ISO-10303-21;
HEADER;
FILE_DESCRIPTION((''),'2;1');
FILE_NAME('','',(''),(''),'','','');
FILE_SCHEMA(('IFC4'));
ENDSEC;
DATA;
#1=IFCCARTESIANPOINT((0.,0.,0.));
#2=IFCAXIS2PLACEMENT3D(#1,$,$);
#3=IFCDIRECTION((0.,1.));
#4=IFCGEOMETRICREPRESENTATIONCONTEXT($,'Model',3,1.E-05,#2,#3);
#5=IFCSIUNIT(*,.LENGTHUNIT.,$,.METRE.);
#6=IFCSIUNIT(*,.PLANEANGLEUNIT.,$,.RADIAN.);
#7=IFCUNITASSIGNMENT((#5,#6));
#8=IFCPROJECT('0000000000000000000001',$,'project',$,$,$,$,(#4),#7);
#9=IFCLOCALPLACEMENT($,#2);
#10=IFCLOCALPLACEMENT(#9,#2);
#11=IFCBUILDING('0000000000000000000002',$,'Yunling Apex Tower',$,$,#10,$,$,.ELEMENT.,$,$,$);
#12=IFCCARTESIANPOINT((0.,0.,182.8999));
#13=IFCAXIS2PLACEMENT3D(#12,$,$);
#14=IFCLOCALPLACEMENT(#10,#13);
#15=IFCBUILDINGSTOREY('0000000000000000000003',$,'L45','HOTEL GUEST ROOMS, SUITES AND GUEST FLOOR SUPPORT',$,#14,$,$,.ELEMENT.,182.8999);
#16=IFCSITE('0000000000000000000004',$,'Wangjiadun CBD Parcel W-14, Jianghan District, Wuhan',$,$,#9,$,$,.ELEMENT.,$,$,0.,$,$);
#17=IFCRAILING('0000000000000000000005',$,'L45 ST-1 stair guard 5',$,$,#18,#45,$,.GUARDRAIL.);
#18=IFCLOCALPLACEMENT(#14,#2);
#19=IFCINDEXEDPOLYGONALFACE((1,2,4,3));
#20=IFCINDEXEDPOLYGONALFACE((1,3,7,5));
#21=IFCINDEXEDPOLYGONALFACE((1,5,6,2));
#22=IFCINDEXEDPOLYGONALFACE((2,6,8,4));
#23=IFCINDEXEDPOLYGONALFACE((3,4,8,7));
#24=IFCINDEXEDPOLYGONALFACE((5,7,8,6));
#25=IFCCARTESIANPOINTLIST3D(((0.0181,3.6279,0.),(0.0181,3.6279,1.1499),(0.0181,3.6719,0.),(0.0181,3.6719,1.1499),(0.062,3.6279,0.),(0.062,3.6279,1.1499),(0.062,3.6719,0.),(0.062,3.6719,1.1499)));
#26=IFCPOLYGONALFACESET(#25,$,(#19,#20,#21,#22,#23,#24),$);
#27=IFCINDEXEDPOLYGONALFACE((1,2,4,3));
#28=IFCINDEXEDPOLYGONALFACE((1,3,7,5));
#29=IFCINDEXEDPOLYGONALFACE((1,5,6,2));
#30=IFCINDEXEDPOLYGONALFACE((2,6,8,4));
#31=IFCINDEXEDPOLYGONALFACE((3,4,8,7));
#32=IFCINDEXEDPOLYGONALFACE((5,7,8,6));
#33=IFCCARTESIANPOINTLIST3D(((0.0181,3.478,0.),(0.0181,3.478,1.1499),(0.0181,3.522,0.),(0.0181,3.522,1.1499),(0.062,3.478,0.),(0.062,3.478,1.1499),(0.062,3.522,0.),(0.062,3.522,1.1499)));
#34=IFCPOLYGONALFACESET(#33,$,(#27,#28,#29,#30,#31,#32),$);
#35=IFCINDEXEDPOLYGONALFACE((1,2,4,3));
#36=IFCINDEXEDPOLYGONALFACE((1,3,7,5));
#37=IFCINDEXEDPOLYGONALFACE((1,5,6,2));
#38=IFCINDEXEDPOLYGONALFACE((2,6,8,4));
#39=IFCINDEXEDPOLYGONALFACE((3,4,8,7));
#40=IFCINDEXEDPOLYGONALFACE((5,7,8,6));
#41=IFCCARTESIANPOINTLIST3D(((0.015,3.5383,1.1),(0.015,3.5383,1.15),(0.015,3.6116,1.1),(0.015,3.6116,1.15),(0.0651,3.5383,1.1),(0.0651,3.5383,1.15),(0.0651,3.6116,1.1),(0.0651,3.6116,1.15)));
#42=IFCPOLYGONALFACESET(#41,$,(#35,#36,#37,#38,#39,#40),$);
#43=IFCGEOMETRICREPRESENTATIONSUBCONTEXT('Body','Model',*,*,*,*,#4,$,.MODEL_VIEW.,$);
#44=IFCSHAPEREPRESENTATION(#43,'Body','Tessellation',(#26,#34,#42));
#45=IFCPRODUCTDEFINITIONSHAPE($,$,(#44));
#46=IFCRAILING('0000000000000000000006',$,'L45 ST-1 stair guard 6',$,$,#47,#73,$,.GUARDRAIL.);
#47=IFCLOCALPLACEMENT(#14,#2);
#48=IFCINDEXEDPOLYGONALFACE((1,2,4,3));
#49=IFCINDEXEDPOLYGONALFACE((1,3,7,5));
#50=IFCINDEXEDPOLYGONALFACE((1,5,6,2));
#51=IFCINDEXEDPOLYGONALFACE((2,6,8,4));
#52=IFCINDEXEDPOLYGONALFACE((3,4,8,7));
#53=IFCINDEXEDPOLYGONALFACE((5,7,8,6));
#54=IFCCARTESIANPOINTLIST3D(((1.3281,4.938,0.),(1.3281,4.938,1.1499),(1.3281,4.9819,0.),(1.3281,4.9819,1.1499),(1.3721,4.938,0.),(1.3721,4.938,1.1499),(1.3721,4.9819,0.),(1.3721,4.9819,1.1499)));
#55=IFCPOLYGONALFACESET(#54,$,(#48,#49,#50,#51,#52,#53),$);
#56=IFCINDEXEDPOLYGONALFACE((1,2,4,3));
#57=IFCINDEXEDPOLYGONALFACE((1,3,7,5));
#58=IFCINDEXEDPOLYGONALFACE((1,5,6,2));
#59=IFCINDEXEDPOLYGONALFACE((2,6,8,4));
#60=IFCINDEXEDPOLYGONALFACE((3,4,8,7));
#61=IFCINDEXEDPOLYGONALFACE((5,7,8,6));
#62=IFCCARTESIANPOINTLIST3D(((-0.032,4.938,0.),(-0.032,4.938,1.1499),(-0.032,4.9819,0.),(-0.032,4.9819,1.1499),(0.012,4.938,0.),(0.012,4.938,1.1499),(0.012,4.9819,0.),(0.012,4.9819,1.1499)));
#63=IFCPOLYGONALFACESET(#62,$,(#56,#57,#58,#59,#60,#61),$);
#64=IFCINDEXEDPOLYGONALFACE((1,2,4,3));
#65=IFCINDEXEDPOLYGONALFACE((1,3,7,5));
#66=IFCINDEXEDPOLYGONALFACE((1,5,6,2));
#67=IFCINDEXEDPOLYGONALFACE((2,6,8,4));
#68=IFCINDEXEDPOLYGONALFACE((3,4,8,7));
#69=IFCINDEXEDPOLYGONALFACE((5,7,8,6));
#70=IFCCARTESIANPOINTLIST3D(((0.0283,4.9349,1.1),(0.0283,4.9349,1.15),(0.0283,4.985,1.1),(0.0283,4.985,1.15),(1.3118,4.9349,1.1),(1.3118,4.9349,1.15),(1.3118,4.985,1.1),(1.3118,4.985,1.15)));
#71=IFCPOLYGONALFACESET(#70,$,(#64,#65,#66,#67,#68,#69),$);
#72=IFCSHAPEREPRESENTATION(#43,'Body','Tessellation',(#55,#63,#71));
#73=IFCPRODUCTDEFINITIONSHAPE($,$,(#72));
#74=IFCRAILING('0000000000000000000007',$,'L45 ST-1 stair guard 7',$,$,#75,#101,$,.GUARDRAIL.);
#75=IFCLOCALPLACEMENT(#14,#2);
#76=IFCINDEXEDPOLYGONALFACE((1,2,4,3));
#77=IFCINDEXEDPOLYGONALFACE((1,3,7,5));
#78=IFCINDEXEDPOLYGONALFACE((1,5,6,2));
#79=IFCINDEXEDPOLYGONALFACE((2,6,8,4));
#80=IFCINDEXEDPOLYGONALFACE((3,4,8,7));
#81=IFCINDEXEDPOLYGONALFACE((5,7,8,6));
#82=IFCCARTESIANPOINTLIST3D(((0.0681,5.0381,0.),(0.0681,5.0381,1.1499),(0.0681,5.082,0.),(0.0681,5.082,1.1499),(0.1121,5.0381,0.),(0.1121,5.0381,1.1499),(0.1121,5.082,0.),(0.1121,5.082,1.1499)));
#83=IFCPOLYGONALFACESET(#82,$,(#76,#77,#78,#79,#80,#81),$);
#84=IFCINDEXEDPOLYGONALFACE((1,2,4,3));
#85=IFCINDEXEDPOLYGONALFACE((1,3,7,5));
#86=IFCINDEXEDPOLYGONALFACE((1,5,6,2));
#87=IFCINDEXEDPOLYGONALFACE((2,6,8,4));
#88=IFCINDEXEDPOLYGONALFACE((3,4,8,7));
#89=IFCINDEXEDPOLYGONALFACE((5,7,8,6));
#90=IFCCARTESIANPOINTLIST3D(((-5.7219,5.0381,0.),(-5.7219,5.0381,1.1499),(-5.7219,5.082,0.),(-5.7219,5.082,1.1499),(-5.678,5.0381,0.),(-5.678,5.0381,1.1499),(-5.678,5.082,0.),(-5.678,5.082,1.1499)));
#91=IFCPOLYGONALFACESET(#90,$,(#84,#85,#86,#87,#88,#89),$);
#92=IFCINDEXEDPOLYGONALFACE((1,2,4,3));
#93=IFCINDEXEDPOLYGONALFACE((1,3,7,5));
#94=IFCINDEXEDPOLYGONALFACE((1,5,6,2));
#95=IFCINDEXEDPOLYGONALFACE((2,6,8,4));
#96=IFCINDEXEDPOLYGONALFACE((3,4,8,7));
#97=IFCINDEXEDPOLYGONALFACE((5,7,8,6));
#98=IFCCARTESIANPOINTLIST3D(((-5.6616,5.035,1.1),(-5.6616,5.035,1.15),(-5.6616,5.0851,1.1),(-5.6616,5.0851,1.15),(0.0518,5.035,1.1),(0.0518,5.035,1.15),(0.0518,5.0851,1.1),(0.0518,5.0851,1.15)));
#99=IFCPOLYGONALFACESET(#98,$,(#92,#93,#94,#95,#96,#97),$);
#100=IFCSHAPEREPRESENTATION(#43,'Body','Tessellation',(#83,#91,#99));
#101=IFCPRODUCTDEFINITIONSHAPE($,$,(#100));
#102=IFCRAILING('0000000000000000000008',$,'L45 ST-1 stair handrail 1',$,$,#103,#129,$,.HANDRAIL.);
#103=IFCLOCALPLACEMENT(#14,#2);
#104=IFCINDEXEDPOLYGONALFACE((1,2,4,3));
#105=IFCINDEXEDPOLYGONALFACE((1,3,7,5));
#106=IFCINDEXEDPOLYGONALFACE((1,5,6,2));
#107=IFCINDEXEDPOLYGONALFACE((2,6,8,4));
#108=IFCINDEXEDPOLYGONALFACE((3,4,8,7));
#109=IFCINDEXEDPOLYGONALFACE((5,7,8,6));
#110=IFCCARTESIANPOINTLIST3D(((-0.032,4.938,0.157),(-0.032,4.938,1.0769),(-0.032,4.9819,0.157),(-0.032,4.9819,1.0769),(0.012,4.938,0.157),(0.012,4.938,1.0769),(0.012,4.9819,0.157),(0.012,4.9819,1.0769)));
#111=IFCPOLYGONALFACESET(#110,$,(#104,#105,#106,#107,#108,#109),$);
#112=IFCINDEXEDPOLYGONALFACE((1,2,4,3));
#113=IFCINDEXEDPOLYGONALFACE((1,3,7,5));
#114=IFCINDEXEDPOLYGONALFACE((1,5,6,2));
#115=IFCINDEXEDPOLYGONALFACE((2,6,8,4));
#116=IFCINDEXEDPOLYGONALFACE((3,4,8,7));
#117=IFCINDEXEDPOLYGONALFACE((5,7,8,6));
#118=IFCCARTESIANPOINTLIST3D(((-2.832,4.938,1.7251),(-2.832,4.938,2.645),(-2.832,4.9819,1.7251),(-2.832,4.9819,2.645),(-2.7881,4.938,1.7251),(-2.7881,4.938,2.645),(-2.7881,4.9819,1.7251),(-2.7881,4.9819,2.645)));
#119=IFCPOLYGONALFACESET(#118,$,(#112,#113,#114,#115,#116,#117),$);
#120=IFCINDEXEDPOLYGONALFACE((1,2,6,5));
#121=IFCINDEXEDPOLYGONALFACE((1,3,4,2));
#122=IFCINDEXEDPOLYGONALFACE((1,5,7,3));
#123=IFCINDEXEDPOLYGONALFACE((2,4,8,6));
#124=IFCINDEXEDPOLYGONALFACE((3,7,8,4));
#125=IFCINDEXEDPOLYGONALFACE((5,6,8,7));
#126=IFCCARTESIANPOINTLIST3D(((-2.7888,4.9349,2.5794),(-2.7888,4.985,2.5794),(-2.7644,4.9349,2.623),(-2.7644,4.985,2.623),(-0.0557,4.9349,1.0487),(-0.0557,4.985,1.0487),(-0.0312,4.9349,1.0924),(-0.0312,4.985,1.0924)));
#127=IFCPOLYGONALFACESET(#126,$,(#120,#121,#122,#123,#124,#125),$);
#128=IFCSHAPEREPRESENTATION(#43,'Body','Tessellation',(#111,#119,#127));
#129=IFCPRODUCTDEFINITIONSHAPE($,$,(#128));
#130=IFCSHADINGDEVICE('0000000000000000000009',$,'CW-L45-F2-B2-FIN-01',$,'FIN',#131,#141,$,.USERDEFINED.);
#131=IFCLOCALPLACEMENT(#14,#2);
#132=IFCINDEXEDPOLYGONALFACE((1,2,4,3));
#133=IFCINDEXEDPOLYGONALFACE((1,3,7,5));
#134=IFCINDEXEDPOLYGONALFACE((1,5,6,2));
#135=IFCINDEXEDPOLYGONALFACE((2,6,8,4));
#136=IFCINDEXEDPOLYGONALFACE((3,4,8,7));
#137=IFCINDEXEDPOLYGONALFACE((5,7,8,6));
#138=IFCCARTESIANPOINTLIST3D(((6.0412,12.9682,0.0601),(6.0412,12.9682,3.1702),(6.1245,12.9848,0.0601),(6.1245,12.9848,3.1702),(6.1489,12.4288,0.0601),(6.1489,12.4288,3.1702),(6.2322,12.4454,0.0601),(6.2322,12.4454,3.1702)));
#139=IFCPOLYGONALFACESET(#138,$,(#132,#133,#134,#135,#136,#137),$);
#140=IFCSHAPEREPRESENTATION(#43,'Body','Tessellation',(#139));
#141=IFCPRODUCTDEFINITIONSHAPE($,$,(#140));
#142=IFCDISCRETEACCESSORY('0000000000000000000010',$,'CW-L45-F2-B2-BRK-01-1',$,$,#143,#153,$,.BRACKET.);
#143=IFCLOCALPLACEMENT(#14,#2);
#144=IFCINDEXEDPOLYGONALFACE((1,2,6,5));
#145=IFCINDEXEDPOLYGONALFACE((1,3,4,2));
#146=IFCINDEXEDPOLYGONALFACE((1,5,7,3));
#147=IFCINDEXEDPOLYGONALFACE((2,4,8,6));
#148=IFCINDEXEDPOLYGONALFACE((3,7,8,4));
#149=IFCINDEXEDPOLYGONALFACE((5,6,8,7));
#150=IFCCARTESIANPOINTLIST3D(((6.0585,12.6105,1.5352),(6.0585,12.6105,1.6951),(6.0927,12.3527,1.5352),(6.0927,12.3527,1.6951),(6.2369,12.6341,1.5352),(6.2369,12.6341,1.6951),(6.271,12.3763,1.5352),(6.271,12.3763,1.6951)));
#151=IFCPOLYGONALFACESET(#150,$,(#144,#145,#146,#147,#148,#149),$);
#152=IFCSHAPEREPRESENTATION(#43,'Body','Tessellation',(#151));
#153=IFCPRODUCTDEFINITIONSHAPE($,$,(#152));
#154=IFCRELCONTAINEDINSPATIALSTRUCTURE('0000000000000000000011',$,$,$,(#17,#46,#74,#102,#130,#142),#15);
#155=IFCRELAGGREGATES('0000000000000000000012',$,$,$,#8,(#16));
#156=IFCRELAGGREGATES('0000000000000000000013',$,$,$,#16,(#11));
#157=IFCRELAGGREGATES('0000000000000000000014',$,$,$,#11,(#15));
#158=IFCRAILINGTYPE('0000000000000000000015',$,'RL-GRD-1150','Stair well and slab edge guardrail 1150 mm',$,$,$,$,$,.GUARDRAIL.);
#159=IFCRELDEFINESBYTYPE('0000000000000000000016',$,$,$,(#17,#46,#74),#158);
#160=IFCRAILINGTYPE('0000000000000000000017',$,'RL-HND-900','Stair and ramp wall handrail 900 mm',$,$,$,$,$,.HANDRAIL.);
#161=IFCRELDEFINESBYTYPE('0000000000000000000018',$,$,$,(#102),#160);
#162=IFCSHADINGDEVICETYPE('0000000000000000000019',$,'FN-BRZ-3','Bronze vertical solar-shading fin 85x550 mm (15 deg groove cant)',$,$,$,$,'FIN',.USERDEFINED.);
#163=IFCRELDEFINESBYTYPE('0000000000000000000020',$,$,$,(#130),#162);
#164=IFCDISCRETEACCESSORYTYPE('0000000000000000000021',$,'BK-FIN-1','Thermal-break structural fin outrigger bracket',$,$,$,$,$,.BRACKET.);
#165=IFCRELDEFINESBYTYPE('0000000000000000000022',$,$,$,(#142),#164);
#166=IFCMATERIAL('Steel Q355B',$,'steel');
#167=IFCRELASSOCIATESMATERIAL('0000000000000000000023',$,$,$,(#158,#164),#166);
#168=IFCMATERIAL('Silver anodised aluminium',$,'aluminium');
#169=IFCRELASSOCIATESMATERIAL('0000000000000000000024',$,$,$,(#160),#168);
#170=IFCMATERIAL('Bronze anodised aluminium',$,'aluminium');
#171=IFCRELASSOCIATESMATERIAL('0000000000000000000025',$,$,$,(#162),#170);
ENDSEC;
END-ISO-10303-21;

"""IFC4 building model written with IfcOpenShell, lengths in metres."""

from ifc_helpers import new_model, si_unit, direction, frame, origin, origin_2d, place, context, subcontext, project, spatial, rectangle, extrude, source, transform, mapped, material, material_profile, profile_set, type_object, element, save


model = new_model("IFC4")

# Units and contexts
model_context = context("Model", 3, precision=1e-05, world=origin(), true_north=direction((0.0, 1.0)))
body_context = subcontext(model_context, "Body", "Model", "MODEL_VIEW")
ifc_project = project(units=[si_unit("LENGTHUNIT", "METRE"), si_unit("PLANEANGLEUNIT", "RADIAN")], contexts=[model_context])

# Site, building, storey
site_placement = place(None, origin())
site = spatial("IfcSite", under=ifc_project, at=site_placement, Name="Wangjiadun CBD Parcel W-14, Jianghan District, Wuhan", CompositionType="ELEMENT", RefElevation=0.0)
building_placement = place(site_placement, origin())
building = spatial("IfcBuilding", under=site, at=building_placement, Name="Yunling Apex Tower", CompositionType="ELEMENT")
storey_placement = place(building_placement, frame((0.0, 0.0, 182.8999)))
storey = spatial("IfcBuildingStorey", under=building, at=storey_placement, Name="L45", Description="HOTEL GUEST ROOMS, SUITES AND GUEST FLOOR SUPPORT", CompositionType="ELEMENT", Elevation=182.8999)

# Shared definitions
ifc_material_1 = material(Name="Steel Q355B", Category="steel")

# Shared definitions
ifc_material_2 = material(Name="Bronze anodised aluminium", Category="aluminium")

# Railings
railing_type_1 = type_object("IfcRailingType", Name="RL-GRD-1150", Description="Stair well and slab edge guardrail 1150 mm", PredefinedType="GUARDRAIL", material=ifc_material_1)
railing_1_placement = place(storey_placement, frame((0.04, 3.6499, 0.0)))
element("IfcRailing", 1, at=railing_1_placement, inside=storey, type_object=railing_type_1, Name="L45 ST-1 stair guard 5", PredefinedType="GUARDRAIL", context=body_context, shape_type="SweptSolid", body=[
    extrude(rectangle(XDim=0.0439, YDim=0.0439, at=origin_2d()), origin(), (0.0, 0.0, 1.0), 1.1499),
    extrude(rectangle(XDim=0.0439, YDim=0.0439, at=origin_2d()), frame((0.0, -0.1499, 0.0)), (0.0, 0.0, 1.0), 1.1499),
    extrude(rectangle(XDim=0.05, YDim=0.05, at=origin_2d()), frame((0.0, -0.0383, 1.125), z_axis=(0.0, -1.0, 0.0), x_axis=(1.0, 0.0, 0.0)), (0.0, 0.0, 1.0), 0.0732),
])
railing_2_placement = place(storey_placement, frame((1.3501, 4.96, 0.0)))
element("IfcRailing", 2, at=railing_2_placement, inside=storey, type_object=railing_type_1, Name="L45 ST-1 stair guard 6", PredefinedType="GUARDRAIL", context=body_context, shape_type="SweptSolid", body=[
    extrude(rectangle(XDim=0.0439, YDim=0.0439, at=origin_2d()), origin(), (0.0, 0.0, 1.0), 1.1499),
    extrude(rectangle(XDim=0.0439, YDim=0.0439, at=origin_2d()), frame((-1.3601, 0.0, 0.0)), (0.0, 0.0, 1.0), 1.1499),
    extrude(rectangle(XDim=0.05, YDim=0.05, at=origin_2d()), frame((-0.0383, 0.0, 1.125), z_axis=(-1.0, 0.0, 0.0), x_axis=(0.0, -1.0, 0.0)), (0.0, 0.0, 1.0), 1.2834),
])
railing_3_placement = place(storey_placement, frame((0.0901, 5.0601, 0.0)))
element("IfcRailing", 3, at=railing_3_placement, inside=storey, type_object=railing_type_1, Name="L45 ST-1 stair guard 7", PredefinedType="GUARDRAIL", context=body_context, shape_type="SweptSolid", body=[
    extrude(rectangle(XDim=0.0439, YDim=0.0439, at=origin_2d()), origin(), (0.0, 0.0, 1.0), 1.1499),
    extrude(rectangle(XDim=0.0439, YDim=0.0439, at=origin_2d()), frame((-5.79, 0.0, 0.0)), (0.0, 0.0, 1.0), 1.1499),
    extrude(rectangle(XDim=0.05, YDim=0.05, at=origin_2d()), frame((-0.0383, 0.0, 1.125), z_axis=(-1.0, 0.0, 0.0), x_axis=(0.0, -1.0, 0.0)), (0.0, 0.0, 1.0), 5.7134),
])
ifc_material_3 = material(Name="Silver anodised aluminium", Category="aluminium")
railing_type_2 = type_object("IfcRailingType", Name="RL-HND-900", Description="Stair and ramp wall handrail 900 mm", PredefinedType="HANDRAIL", material=ifc_material_3)
railing_4_placement = place(storey_placement, frame((-0.01, 4.96, 0.157)))
element("IfcRailing", 4, at=railing_4_placement, inside=storey, type_object=railing_type_2, Name="L45 ST-1 stair handrail 1", PredefinedType="HANDRAIL", context=body_context, shape_type="SweptSolid", body=[
    extrude(rectangle(XDim=0.0439, YDim=0.0439, at=origin_2d()), origin(), (0.0, 0.0, 1.0), 0.9199),
    extrude(rectangle(XDim=0.0439, YDim=0.0439, at=origin_2d()), frame((-2.8, 0.0, 1.5681)), (0.0, 0.0, 1.0), 0.9199),
    extrude(rectangle(XDim=0.05, YDim=0.05, at=origin_2d()), frame((-0.0334, 0.0, 0.9136), z_axis=(-0.872494, 0.0, 0.488624), x_axis=(0.0, -1.0, 0.0)), (0.0, 0.0, 1.0), 3.1326),
])

# Shading device
ifc_material_profile_1 = material_profile(ifc_material_2, rectangle(XDim=0.085, YDim=0.55, at=origin_2d()))
ifc_profile_set_1 = profile_set([ifc_material_profile_1], Name="Bronze anodised aluminium")
shading_device_type = type_object("IfcShadingDeviceType", Name="FN-BRZ-3", Description="Bronze vertical solar-shading fin 85x550 mm (15 deg groove cant)", ElementType="FIN", PredefinedType="USERDEFINED", material=ifc_profile_set_1)
shared_shape_1 = source(origin(), body_context, "Body", "SweptSolid", [
    extrude(rectangle(XDim=0.085, YDim=0.55, at=origin_2d()), origin(), (0.0, 0.0, 1.0), 3.1101),
])
shading_device_placement = place(storey_placement, frame((6.1367, 12.7068, 0.0601), z_axis=(0.0, 0.0, 1.0), x_axis=(-0.980649, -0.195775, 0.0)))
element("IfcShadingDevice", 5, at=shading_device_placement, inside=storey, type_object=shading_device_type, Name="CW-L45-F2-B2-FIN-01", ObjectType="FIN", PredefinedType="USERDEFINED", context=body_context, shape_type="MappedRepresentation", body=[
    mapped(shared_shape_1, transform((0.0, 0.0, 0.0), scale=1.0)),
])

# Discrete accessory
discrete_accessory_type = type_object("IfcDiscreteAccessoryType", Name="BK-FIN-1", Description="Thermal-break structural fin outrigger bracket", PredefinedType="BRACKET", material=ifc_material_1)
shared_shape_2 = source(origin(), body_context, "Body", "SweptSolid", [
    extrude(rectangle(XDim=0.1799, YDim=0.26, at=origin_2d()), origin(), (0.0, 0.0, 1.0), 0.1599),
])
discrete_accessory_placement = place(storey_placement, frame((6.1648, 12.4934, 1.5352), z_axis=(0.0, 0.0, 1.0), x_axis=(-0.991353, -0.131218, 0.0)))
element("IfcDiscreteAccessory", 6, at=discrete_accessory_placement, inside=storey, type_object=discrete_accessory_type, Name="CW-L45-F2-B2-BRK-01-1", PredefinedType="BRACKET", context=body_context, shape_type="MappedRepresentation", body=[
    mapped(shared_shape_2, transform((0.0, 0.0, 0.0), scale=1.0)),
])

save(model, "model.ifc")
